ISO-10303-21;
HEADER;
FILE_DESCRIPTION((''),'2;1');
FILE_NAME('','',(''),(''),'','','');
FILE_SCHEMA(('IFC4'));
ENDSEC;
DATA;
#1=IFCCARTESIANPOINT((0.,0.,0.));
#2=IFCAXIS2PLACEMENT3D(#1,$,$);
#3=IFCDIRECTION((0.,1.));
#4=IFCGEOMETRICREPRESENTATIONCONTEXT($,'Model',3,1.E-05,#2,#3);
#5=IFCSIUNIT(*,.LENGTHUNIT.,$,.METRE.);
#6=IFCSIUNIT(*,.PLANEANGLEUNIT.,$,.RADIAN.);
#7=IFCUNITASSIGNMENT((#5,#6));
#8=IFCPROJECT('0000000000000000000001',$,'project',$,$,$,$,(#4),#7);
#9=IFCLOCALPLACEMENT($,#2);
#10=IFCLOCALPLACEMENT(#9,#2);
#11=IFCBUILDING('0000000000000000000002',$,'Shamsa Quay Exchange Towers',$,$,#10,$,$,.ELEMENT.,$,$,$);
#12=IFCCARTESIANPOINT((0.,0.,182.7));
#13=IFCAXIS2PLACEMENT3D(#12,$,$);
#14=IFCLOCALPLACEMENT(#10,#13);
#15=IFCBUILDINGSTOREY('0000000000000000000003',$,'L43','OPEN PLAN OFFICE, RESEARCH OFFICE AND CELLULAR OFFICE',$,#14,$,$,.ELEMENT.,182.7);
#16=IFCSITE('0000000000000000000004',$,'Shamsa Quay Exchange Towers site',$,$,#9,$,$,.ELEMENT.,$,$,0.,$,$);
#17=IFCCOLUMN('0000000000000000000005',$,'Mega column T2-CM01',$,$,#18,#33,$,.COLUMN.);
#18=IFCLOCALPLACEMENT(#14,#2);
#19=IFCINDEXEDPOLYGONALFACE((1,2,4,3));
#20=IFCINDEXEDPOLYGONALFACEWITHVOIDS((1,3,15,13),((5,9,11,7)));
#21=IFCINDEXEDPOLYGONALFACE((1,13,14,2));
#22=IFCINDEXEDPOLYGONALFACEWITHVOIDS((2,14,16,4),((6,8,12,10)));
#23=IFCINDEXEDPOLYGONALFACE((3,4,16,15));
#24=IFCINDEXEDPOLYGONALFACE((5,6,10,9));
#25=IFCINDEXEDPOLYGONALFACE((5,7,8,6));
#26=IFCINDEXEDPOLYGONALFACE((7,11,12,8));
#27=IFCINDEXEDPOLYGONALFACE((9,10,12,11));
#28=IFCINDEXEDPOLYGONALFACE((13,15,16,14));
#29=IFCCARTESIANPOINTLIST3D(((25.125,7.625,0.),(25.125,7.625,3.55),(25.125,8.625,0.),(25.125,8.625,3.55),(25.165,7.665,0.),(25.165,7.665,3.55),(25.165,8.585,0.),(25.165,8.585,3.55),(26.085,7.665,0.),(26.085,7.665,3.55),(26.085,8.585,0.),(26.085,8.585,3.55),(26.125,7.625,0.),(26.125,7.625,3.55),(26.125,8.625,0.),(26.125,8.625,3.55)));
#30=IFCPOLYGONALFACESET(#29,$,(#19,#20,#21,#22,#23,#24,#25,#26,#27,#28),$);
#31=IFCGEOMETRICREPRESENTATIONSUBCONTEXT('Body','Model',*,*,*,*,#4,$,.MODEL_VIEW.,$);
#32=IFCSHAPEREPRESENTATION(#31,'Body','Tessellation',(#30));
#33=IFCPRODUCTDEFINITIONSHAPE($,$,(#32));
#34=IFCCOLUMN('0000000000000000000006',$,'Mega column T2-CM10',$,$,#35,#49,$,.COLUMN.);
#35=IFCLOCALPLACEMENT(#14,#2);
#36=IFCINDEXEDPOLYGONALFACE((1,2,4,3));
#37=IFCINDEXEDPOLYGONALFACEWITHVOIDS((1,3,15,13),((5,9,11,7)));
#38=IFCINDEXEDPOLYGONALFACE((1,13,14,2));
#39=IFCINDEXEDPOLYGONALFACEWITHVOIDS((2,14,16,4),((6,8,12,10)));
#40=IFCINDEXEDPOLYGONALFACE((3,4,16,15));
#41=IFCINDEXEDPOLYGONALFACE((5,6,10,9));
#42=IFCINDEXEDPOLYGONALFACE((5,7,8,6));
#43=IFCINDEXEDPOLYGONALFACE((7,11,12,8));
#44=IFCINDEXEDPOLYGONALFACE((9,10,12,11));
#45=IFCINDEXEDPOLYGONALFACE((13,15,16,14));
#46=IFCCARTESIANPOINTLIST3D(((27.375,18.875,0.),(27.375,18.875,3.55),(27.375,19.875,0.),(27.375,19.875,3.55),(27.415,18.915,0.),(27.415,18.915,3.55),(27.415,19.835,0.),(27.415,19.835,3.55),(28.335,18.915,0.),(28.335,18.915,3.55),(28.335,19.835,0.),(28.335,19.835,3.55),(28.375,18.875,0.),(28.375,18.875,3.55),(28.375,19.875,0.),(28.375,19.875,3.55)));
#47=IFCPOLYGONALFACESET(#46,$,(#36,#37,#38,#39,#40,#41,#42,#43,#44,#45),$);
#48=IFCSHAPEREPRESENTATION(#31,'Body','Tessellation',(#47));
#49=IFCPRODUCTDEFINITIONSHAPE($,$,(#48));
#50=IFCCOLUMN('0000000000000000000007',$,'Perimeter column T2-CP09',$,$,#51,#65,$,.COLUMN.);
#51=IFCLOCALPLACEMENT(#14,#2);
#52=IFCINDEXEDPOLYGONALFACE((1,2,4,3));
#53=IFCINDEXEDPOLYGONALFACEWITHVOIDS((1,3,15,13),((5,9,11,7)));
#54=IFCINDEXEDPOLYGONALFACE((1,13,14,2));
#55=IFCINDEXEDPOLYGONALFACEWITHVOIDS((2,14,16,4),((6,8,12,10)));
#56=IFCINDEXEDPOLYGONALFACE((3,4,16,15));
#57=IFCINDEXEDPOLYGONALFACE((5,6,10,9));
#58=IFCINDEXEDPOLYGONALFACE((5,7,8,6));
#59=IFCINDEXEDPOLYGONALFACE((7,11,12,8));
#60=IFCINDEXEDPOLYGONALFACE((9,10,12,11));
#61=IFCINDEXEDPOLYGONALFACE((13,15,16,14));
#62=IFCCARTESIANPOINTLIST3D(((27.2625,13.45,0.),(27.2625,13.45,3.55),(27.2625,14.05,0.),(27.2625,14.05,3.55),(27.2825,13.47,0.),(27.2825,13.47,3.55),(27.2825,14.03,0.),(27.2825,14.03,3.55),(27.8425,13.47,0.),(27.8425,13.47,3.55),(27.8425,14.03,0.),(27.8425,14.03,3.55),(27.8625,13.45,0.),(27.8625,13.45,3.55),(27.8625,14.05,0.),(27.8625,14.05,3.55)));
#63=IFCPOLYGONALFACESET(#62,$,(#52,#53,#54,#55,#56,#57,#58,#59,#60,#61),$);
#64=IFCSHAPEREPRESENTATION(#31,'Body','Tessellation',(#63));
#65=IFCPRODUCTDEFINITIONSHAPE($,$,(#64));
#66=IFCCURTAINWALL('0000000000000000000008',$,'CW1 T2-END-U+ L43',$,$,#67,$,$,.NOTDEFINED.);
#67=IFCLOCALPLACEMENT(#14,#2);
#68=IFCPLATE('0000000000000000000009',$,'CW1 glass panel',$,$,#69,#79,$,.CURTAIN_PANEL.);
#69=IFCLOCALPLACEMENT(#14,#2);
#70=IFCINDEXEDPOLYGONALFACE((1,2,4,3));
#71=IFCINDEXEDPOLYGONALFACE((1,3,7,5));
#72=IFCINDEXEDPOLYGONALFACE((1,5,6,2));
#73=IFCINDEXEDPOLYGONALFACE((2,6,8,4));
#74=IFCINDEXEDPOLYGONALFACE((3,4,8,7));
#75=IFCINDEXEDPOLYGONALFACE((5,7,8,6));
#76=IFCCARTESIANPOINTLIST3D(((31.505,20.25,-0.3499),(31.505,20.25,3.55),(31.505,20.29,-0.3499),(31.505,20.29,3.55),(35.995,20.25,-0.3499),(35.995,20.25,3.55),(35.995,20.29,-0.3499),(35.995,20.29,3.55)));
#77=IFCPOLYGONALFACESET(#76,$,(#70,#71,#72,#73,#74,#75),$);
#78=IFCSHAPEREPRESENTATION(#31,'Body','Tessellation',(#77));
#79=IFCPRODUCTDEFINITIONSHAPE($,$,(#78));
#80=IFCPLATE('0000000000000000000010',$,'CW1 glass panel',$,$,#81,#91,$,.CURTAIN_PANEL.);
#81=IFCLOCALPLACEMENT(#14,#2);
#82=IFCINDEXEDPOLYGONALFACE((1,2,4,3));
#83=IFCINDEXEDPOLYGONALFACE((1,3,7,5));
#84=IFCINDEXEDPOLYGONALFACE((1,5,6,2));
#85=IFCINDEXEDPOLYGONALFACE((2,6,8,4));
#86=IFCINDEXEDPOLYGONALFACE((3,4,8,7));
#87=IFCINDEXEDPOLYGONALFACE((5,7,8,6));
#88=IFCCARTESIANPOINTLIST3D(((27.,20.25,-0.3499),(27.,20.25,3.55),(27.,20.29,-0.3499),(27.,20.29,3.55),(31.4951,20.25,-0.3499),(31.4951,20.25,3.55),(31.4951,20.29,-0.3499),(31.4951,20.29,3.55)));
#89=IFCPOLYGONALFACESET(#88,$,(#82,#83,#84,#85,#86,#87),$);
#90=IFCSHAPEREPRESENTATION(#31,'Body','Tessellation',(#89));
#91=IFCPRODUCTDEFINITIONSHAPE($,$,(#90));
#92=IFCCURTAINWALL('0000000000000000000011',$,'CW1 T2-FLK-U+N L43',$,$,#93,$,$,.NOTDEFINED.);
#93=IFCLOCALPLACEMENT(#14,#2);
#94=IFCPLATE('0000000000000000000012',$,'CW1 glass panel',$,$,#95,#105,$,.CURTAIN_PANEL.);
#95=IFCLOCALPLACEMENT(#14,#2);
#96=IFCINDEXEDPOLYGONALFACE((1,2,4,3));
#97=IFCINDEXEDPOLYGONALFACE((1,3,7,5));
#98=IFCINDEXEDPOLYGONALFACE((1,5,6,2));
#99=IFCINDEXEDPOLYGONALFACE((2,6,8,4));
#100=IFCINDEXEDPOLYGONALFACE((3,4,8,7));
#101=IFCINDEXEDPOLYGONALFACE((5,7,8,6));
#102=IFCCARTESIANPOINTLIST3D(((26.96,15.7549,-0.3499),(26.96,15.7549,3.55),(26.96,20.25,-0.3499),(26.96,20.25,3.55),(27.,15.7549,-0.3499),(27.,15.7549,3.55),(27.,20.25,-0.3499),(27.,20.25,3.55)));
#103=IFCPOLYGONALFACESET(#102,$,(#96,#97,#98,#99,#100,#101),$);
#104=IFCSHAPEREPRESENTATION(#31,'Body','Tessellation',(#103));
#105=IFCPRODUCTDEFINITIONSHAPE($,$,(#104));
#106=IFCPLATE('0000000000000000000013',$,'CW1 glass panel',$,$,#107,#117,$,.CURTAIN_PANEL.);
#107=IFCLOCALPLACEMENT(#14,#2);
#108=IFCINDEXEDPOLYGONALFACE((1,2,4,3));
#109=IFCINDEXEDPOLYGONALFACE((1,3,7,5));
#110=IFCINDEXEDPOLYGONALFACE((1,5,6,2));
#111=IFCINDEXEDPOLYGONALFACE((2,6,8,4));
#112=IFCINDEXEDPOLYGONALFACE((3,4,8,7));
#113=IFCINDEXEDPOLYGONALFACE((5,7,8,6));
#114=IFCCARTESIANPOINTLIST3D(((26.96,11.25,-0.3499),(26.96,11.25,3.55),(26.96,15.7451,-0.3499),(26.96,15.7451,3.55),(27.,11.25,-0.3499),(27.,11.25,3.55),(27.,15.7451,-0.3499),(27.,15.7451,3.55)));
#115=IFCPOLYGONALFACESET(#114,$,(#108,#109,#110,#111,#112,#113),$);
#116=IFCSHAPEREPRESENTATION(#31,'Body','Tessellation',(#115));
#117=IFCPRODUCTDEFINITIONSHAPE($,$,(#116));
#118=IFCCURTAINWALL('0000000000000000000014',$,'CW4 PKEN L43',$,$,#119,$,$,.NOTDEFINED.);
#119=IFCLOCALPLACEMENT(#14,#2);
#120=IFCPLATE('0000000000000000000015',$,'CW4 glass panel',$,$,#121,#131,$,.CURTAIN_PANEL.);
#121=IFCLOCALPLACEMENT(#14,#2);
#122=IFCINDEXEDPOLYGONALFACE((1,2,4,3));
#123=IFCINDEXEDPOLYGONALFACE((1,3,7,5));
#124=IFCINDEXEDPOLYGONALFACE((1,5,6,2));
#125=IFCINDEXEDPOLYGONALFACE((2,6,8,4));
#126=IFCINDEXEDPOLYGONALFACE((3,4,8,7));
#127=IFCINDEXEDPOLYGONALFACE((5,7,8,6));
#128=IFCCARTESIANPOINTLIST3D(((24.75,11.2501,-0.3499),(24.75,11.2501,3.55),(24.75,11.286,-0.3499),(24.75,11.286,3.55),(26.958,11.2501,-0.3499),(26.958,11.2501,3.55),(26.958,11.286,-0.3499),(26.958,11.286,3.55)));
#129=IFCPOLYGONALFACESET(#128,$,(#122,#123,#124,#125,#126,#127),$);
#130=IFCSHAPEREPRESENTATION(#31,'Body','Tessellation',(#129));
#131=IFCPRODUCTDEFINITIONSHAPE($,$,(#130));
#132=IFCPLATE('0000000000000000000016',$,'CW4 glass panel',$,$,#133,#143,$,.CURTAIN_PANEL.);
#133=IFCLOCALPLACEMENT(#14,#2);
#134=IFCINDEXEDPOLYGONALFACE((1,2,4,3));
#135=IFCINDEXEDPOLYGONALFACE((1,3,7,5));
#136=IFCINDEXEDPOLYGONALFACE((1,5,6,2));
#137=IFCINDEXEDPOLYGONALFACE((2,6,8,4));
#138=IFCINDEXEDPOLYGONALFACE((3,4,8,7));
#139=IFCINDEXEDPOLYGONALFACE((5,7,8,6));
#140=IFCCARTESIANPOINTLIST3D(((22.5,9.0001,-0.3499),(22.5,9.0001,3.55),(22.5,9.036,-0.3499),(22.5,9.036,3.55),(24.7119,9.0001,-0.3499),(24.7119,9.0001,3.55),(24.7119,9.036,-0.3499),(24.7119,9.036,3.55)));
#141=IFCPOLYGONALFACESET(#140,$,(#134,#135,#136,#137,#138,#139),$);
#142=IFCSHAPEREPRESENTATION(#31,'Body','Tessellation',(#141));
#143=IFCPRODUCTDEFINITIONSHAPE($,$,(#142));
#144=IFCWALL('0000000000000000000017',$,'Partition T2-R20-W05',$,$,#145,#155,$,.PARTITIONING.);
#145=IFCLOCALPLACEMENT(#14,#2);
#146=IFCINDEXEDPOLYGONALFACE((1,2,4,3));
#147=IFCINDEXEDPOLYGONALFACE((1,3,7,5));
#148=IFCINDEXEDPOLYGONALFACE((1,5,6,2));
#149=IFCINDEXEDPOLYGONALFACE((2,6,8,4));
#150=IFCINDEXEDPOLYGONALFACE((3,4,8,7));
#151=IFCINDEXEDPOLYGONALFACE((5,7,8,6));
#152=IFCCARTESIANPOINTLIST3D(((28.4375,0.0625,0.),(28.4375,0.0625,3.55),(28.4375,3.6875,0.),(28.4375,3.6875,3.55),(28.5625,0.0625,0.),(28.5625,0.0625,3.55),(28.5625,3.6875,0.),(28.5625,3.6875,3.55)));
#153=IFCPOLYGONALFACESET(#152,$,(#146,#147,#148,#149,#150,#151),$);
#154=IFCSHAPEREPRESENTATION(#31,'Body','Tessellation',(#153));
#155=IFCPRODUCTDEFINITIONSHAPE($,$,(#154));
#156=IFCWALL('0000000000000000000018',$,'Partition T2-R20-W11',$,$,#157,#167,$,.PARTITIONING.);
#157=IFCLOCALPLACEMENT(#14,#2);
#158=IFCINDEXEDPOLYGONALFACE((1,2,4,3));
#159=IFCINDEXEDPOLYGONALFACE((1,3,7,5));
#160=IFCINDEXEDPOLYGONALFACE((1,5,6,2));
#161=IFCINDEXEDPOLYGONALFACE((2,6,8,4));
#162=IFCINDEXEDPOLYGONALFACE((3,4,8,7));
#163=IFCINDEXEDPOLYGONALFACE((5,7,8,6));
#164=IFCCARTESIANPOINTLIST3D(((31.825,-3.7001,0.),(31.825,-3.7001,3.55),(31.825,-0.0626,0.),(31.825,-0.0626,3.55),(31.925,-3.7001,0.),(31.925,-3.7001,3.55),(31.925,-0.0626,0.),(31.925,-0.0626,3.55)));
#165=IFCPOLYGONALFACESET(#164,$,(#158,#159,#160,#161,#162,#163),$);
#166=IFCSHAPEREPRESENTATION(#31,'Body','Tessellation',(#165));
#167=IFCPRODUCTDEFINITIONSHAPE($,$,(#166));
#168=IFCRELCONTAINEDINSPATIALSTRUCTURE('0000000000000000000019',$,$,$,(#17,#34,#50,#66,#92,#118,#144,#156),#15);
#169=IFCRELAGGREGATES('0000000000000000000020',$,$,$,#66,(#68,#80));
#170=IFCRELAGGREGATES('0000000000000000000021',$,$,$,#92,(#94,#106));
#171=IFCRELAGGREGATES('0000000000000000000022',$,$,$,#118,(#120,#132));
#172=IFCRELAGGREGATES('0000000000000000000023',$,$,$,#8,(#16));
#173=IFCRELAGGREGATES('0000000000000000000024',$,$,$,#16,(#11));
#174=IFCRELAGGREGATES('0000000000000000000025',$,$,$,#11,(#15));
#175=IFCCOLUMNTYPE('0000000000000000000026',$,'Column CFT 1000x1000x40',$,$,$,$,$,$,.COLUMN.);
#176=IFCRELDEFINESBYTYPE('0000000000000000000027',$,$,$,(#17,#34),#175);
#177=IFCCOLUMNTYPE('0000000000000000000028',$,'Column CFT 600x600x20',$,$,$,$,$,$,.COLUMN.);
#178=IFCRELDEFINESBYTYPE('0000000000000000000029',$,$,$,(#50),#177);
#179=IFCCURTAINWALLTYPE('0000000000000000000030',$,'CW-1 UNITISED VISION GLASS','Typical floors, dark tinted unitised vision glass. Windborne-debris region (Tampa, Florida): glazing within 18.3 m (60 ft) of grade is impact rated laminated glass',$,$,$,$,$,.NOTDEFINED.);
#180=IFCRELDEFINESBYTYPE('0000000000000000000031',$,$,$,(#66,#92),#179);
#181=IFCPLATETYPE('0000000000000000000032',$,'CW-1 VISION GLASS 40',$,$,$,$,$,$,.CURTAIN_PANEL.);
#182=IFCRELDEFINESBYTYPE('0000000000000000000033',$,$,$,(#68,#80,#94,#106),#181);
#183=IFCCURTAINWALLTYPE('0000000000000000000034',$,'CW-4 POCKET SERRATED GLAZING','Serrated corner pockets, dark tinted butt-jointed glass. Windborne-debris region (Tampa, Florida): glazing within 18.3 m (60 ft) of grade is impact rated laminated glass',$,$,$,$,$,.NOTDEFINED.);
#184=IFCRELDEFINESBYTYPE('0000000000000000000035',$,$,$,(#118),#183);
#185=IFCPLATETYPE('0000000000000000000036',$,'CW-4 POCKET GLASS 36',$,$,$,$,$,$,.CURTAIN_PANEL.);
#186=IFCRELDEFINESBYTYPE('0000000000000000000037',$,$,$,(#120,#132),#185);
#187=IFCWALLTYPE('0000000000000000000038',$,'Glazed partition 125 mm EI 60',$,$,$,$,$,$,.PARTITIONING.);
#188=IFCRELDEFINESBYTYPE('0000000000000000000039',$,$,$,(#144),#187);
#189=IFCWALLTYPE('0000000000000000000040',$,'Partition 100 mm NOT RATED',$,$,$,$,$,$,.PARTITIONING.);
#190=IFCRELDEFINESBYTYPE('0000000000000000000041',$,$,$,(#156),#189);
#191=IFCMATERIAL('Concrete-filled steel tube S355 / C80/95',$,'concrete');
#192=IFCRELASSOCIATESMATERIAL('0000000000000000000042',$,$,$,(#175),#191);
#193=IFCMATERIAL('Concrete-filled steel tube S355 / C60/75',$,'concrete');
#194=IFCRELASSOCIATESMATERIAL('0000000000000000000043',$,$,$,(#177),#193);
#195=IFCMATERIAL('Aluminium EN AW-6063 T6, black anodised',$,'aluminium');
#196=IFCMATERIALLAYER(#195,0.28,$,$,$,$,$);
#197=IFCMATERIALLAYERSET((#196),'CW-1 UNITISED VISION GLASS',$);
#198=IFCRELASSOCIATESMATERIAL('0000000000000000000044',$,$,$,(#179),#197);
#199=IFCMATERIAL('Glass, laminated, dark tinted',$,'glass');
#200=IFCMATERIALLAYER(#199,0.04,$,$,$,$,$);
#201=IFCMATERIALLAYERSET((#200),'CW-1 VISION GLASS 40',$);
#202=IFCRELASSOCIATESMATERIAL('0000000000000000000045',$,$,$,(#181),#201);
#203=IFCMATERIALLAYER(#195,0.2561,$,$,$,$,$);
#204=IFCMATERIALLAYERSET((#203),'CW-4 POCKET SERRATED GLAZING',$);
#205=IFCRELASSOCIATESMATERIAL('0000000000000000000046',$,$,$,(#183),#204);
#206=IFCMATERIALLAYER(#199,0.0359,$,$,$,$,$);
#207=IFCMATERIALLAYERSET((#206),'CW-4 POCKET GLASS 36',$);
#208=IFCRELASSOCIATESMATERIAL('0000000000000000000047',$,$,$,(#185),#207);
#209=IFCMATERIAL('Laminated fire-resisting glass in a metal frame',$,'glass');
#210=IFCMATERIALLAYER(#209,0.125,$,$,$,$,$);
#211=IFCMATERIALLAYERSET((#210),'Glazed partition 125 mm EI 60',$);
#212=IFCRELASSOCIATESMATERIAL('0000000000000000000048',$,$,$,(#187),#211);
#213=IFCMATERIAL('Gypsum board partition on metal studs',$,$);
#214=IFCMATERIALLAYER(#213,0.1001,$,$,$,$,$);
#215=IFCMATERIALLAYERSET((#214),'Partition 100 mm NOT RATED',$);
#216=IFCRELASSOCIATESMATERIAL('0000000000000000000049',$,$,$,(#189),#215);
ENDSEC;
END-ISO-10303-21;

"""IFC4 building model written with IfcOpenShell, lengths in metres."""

from ifc_helpers import new_model, si_unit, direction, frame, frame_2d, origin, origin_2d, place, context, subcontext, project, spatial, rectangle, hollow_rectangle, extrude, material, layer, layer_set, material_profile, profile_set, type_object, element, aggregate, save


model = new_model("IFC4")

# Units and contexts
model_context = context("Model", 3, precision=1e-05, world=origin(), true_north=direction((0.0, 1.0)))
body_context = subcontext(model_context, "Body", "Model", "MODEL_VIEW")
ifc_project = project(units=[si_unit("LENGTHUNIT", "METRE"), si_unit("PLANEANGLEUNIT", "RADIAN")], contexts=[model_context])

# Site, building, storey
site_placement = place(None, origin())
site = spatial("IfcSite", under=ifc_project, at=site_placement, Name="Shamsa Quay Exchange Towers site", CompositionType="ELEMENT", RefElevation=0.0)
building_placement = place(site_placement, origin())
building = spatial("IfcBuilding", under=site, at=building_placement, Name="Shamsa Quay Exchange Towers", CompositionType="ELEMENT")
storey_placement = place(building_placement, frame((0.0, 0.0, 182.7)))
storey = spatial("IfcBuildingStorey", under=building, at=storey_placement, Name="L43", Description="OPEN PLAN OFFICE, RESEARCH OFFICE AND CELLULAR OFFICE", CompositionType="ELEMENT", Elevation=182.7)

# Columns
ifc_material_1 = material(Name="Concrete-filled steel tube S355 / C80/95", Category="concrete")
ifc_material_profile_1 = material_profile(ifc_material_1, hollow_rectangle(XDim=1.0, YDim=1.0, WallThickness=0.04, at=origin_2d()), Name="CFT 1000x1000x40")
ifc_profile_set_1 = profile_set([ifc_material_profile_1], Name="Concrete-filled steel tube S355 / C80/95")
column_type_1 = type_object("IfcColumnType", Name="Column CFT 1000x1000x40", PredefinedType="COLUMN", material=ifc_profile_set_1)
for number, where, name in (
    (1, (25.625, 8.125, 0.0), "Mega column T2-CM01"),
    (2, (27.875, 19.375, 0.0), "Mega column T2-CM10"),
):
    element("IfcColumn", number, at=place(storey_placement, frame(where)), inside=storey, type_object=column_type_1, Name=name, PredefinedType="COLUMN", context=body_context, shape_type="SweptSolid", body=[
        extrude(hollow_rectangle(XDim=1.0, YDim=1.0, WallThickness=0.04, at=origin_2d()), origin(), (0.0, 0.0, 1.0), 3.55),
    ])
ifc_material_2 = material(Name="Concrete-filled steel tube S355 / C60/75", Category="concrete")
ifc_material_profile_2 = material_profile(ifc_material_2, hollow_rectangle(XDim=0.6001, YDim=0.6001, WallThickness=0.02, at=origin_2d()), Name="CFT 600x600x20")
ifc_profile_set_2 = profile_set([ifc_material_profile_2], Name="Concrete-filled steel tube S355 / C60/75")
column_type_2 = type_object("IfcColumnType", Name="Column CFT 600x600x20", PredefinedType="COLUMN", material=ifc_profile_set_2)
column_placement = place(storey_placement, frame((27.5625, 13.75, 0.0)))
element("IfcColumn", 3, at=column_placement, inside=storey, type_object=column_type_2, Name="Perimeter column T2-CP09", PredefinedType="COLUMN", context=body_context, shape_type="SweptSolid", body=[
    extrude(hollow_rectangle(XDim=0.6001, YDim=0.6001, WallThickness=0.02, at=origin_2d()), origin(), (0.0, 0.0, 1.0), 3.55),
])

# Curtain walls, plates
ifc_material_3 = material(Name="Aluminium EN AW-6063 T6, black anodised", Category="aluminium")
ifc_layer_1 = layer(ifc_material_3, 0.28)
ifc_layer_set_1 = layer_set([ifc_layer_1], Name="CW-1 UNITISED VISION GLASS")
curtain_wall_type_1 = type_object("IfcCurtainWallType", Name="CW-1 UNITISED VISION GLASS", Description="Typical floors, dark tinted unitised vision glass. Windborne-debris region (Tampa, Florida): glazing within 18.3 m (60 ft) of grade is impact rated laminated glass", PredefinedType="NOTDEFINED", material=ifc_layer_set_1)
curtain_wall_1_placement = place(storey_placement, origin())
curtain_wall_1 = element("IfcCurtainWall", 4, at=curtain_wall_1_placement, inside=storey, type_object=curtain_wall_type_1, Name="CW1 T2-END-U+ L43", PredefinedType="NOTDEFINED")
ifc_material_4 = material(Name="Glass, laminated, dark tinted", Category="glass")
ifc_layer_2 = layer(ifc_material_4, 0.04)
ifc_layer_set_2 = layer_set([ifc_layer_2], Name="CW-1 VISION GLASS 40")
plate_type_1 = type_object("IfcPlateType", Name="CW-1 VISION GLASS 40", PredefinedType="CURTAIN_PANEL", material=ifc_layer_set_2)
plate_1_placement = place(storey_placement, frame((33.75, 20.27, -0.3499), z_axis=(0.0, 0.0, 1.0), x_axis=(-1.0, 0.0, 0.0)))
plate_1 = element("IfcPlate", 5, at=plate_1_placement, type_object=plate_type_1, Name="CW1 glass panel", PredefinedType="CURTAIN_PANEL", context=body_context, shape_type="SweptSolid", body=[
    extrude(rectangle(XDim=4.49, YDim=0.04, at=origin_2d()), origin(), (0.0, 0.0, 1.0), 3.8999),
])
plate_2_placement = place(storey_placement, frame((29.2476, 20.27, -0.3499), z_axis=(0.0, 0.0, 1.0), x_axis=(-1.0, 0.0, 0.0)))
plate_2 = element("IfcPlate", 6, at=plate_2_placement, type_object=plate_type_1, Name="CW1 glass panel", PredefinedType="CURTAIN_PANEL", context=body_context, shape_type="SweptSolid", body=[
    extrude(rectangle(XDim=4.4951, YDim=0.04, at=origin_2d()), origin(), (0.0, 0.0, 1.0), 3.8999),
])
aggregate(curtain_wall_1, [plate_1, plate_2])
curtain_wall_2_placement = place(storey_placement, origin())
curtain_wall_2 = element("IfcCurtainWall", 7, at=curtain_wall_2_placement, inside=storey, type_object=curtain_wall_type_1, Name="CW1 T2-FLK-U+N L43", PredefinedType="NOTDEFINED")
plate_3_placement = place(storey_placement, frame((26.98, 18.0024, -0.3499), z_axis=(0.0, 0.0, 1.0), x_axis=(0.0, -1.0, 0.0)))
plate_3 = element("IfcPlate", 8, at=plate_3_placement, type_object=plate_type_1, Name="CW1 glass panel", PredefinedType="CURTAIN_PANEL", context=body_context, shape_type="SweptSolid", body=[
    extrude(rectangle(XDim=4.4951, YDim=0.04, at=origin_2d()), origin(), (0.0, 0.0, 1.0), 3.8999),
])
plate_4_placement = place(storey_placement, frame((26.98, 13.4976, -0.3499), z_axis=(0.0, 0.0, 1.0), x_axis=(0.0, -1.0, 0.0)))
plate_4 = element("IfcPlate", 9, at=plate_4_placement, type_object=plate_type_1, Name="CW1 glass panel", PredefinedType="CURTAIN_PANEL", context=body_context, shape_type="SweptSolid", body=[
    extrude(rectangle(XDim=4.4951, YDim=0.04, at=origin_2d()), origin(), (0.0, 0.0, 1.0), 3.8999),
])
aggregate(curtain_wall_2, [plate_3, plate_4])
ifc_layer_3 = layer(ifc_material_3, 0.2561)
ifc_layer_set_3 = layer_set([ifc_layer_3], Name="CW-4 POCKET SERRATED GLAZING")
curtain_wall_type_2 = type_object("IfcCurtainWallType", Name="CW-4 POCKET SERRATED GLAZING", Description="Serrated corner pockets, dark tinted butt-jointed glass. Windborne-debris region (Tampa, Florida): glazing within 18.3 m (60 ft) of grade is impact rated laminated glass", PredefinedType="NOTDEFINED", material=ifc_layer_set_3)
curtain_wall_3_placement = place(storey_placement, origin())
curtain_wall_3 = element("IfcCurtainWall", 10, at=curtain_wall_3_placement, inside=storey, type_object=curtain_wall_type_2, Name="CW4 PKEN L43", PredefinedType="NOTDEFINED")
ifc_layer_4 = layer(ifc_material_4, 0.0359)
ifc_layer_set_4 = layer_set([ifc_layer_4], Name="CW-4 POCKET GLASS 36")
plate_type_2 = type_object("IfcPlateType", Name="CW-4 POCKET GLASS 36", PredefinedType="CURTAIN_PANEL", material=ifc_layer_set_4)
plate_5_placement = place(storey_placement, frame((25.854, 11.2681, -0.3499), z_axis=(0.0, 0.0, 1.0), x_axis=(-1.0, 0.0, 0.0)))
plate_5 = element("IfcPlate", 11, at=plate_5_placement, type_object=plate_type_2, Name="CW4 glass panel", PredefinedType="CURTAIN_PANEL", context=body_context, shape_type="SweptSolid", body=[
    extrude(rectangle(XDim=2.208, YDim=0.0359, at=origin_2d()), origin(), (0.0, 0.0, 1.0), 3.8999),
])
plate_6_placement = place(storey_placement, frame((23.606, 9.0181, -0.3499), z_axis=(0.0, 0.0, 1.0), x_axis=(-1.0, 0.0, 0.0)))
plate_6 = element("IfcPlate", 12, at=plate_6_placement, type_object=plate_type_2, Name="CW4 glass panel", PredefinedType="CURTAIN_PANEL", context=body_context, shape_type="SweptSolid", body=[
    extrude(rectangle(XDim=2.2119, YDim=0.0359, at=origin_2d()), origin(), (0.0, 0.0, 1.0), 3.8999),
])
aggregate(curtain_wall_3, [plate_5, plate_6])

# Walls
ifc_material_5 = material(Name="Laminated fire-resisting glass in a metal frame", Category="glass")
ifc_layer_5 = layer(ifc_material_5, 0.125)
ifc_layer_set_5 = layer_set([ifc_layer_5], Name="Glazed partition 125 mm EI 60")
wall_type_1 = type_object("IfcWallType", Name="Glazed partition 125 mm EI 60", PredefinedType="PARTITIONING", material=ifc_layer_set_5)
wall_1_placement = place(storey_placement, frame((28.5, 3.6875, 0.0), z_axis=(0.0, 0.0, 1.0), x_axis=(0.0, -1.0, 0.0)))
element("IfcWall", 13, at=wall_1_placement, inside=storey, type_object=wall_type_1, Name="Partition T2-R20-W05", PredefinedType="PARTITIONING", context=body_context, shape_type="SweptSolid", body=[
    extrude(rectangle(XDim=3.625, YDim=0.125, at=frame_2d((1.8125, 0.0))), origin(), (0.0, 0.0, 1.0), 3.55),
])
ifc_material_6 = material(Name="Gypsum board partition on metal studs")
ifc_layer_6 = layer(ifc_material_6, 0.1001)
ifc_layer_set_6 = layer_set([ifc_layer_6], Name="Partition 100 mm NOT RATED")
wall_type_2 = type_object("IfcWallType", Name="Partition 100 mm NOT RATED", PredefinedType="PARTITIONING", material=ifc_layer_set_6)
wall_2_placement = place(storey_placement, frame((31.875, -0.0625, 0.0), z_axis=(0.0, 0.0, 1.0), x_axis=(0.0, -1.0, 0.0)))
element("IfcWall", 14, at=wall_2_placement, inside=storey, type_object=wall_type_2, Name="Partition T2-R20-W11", PredefinedType="PARTITIONING", context=body_context, shape_type="SweptSolid", body=[
    extrude(rectangle(XDim=3.6375, YDim=0.1001, at=frame_2d((1.8188, 0.0))), origin(), (0.0, 0.0, 1.0), 3.55),
])

save(model, "model.ifc")
